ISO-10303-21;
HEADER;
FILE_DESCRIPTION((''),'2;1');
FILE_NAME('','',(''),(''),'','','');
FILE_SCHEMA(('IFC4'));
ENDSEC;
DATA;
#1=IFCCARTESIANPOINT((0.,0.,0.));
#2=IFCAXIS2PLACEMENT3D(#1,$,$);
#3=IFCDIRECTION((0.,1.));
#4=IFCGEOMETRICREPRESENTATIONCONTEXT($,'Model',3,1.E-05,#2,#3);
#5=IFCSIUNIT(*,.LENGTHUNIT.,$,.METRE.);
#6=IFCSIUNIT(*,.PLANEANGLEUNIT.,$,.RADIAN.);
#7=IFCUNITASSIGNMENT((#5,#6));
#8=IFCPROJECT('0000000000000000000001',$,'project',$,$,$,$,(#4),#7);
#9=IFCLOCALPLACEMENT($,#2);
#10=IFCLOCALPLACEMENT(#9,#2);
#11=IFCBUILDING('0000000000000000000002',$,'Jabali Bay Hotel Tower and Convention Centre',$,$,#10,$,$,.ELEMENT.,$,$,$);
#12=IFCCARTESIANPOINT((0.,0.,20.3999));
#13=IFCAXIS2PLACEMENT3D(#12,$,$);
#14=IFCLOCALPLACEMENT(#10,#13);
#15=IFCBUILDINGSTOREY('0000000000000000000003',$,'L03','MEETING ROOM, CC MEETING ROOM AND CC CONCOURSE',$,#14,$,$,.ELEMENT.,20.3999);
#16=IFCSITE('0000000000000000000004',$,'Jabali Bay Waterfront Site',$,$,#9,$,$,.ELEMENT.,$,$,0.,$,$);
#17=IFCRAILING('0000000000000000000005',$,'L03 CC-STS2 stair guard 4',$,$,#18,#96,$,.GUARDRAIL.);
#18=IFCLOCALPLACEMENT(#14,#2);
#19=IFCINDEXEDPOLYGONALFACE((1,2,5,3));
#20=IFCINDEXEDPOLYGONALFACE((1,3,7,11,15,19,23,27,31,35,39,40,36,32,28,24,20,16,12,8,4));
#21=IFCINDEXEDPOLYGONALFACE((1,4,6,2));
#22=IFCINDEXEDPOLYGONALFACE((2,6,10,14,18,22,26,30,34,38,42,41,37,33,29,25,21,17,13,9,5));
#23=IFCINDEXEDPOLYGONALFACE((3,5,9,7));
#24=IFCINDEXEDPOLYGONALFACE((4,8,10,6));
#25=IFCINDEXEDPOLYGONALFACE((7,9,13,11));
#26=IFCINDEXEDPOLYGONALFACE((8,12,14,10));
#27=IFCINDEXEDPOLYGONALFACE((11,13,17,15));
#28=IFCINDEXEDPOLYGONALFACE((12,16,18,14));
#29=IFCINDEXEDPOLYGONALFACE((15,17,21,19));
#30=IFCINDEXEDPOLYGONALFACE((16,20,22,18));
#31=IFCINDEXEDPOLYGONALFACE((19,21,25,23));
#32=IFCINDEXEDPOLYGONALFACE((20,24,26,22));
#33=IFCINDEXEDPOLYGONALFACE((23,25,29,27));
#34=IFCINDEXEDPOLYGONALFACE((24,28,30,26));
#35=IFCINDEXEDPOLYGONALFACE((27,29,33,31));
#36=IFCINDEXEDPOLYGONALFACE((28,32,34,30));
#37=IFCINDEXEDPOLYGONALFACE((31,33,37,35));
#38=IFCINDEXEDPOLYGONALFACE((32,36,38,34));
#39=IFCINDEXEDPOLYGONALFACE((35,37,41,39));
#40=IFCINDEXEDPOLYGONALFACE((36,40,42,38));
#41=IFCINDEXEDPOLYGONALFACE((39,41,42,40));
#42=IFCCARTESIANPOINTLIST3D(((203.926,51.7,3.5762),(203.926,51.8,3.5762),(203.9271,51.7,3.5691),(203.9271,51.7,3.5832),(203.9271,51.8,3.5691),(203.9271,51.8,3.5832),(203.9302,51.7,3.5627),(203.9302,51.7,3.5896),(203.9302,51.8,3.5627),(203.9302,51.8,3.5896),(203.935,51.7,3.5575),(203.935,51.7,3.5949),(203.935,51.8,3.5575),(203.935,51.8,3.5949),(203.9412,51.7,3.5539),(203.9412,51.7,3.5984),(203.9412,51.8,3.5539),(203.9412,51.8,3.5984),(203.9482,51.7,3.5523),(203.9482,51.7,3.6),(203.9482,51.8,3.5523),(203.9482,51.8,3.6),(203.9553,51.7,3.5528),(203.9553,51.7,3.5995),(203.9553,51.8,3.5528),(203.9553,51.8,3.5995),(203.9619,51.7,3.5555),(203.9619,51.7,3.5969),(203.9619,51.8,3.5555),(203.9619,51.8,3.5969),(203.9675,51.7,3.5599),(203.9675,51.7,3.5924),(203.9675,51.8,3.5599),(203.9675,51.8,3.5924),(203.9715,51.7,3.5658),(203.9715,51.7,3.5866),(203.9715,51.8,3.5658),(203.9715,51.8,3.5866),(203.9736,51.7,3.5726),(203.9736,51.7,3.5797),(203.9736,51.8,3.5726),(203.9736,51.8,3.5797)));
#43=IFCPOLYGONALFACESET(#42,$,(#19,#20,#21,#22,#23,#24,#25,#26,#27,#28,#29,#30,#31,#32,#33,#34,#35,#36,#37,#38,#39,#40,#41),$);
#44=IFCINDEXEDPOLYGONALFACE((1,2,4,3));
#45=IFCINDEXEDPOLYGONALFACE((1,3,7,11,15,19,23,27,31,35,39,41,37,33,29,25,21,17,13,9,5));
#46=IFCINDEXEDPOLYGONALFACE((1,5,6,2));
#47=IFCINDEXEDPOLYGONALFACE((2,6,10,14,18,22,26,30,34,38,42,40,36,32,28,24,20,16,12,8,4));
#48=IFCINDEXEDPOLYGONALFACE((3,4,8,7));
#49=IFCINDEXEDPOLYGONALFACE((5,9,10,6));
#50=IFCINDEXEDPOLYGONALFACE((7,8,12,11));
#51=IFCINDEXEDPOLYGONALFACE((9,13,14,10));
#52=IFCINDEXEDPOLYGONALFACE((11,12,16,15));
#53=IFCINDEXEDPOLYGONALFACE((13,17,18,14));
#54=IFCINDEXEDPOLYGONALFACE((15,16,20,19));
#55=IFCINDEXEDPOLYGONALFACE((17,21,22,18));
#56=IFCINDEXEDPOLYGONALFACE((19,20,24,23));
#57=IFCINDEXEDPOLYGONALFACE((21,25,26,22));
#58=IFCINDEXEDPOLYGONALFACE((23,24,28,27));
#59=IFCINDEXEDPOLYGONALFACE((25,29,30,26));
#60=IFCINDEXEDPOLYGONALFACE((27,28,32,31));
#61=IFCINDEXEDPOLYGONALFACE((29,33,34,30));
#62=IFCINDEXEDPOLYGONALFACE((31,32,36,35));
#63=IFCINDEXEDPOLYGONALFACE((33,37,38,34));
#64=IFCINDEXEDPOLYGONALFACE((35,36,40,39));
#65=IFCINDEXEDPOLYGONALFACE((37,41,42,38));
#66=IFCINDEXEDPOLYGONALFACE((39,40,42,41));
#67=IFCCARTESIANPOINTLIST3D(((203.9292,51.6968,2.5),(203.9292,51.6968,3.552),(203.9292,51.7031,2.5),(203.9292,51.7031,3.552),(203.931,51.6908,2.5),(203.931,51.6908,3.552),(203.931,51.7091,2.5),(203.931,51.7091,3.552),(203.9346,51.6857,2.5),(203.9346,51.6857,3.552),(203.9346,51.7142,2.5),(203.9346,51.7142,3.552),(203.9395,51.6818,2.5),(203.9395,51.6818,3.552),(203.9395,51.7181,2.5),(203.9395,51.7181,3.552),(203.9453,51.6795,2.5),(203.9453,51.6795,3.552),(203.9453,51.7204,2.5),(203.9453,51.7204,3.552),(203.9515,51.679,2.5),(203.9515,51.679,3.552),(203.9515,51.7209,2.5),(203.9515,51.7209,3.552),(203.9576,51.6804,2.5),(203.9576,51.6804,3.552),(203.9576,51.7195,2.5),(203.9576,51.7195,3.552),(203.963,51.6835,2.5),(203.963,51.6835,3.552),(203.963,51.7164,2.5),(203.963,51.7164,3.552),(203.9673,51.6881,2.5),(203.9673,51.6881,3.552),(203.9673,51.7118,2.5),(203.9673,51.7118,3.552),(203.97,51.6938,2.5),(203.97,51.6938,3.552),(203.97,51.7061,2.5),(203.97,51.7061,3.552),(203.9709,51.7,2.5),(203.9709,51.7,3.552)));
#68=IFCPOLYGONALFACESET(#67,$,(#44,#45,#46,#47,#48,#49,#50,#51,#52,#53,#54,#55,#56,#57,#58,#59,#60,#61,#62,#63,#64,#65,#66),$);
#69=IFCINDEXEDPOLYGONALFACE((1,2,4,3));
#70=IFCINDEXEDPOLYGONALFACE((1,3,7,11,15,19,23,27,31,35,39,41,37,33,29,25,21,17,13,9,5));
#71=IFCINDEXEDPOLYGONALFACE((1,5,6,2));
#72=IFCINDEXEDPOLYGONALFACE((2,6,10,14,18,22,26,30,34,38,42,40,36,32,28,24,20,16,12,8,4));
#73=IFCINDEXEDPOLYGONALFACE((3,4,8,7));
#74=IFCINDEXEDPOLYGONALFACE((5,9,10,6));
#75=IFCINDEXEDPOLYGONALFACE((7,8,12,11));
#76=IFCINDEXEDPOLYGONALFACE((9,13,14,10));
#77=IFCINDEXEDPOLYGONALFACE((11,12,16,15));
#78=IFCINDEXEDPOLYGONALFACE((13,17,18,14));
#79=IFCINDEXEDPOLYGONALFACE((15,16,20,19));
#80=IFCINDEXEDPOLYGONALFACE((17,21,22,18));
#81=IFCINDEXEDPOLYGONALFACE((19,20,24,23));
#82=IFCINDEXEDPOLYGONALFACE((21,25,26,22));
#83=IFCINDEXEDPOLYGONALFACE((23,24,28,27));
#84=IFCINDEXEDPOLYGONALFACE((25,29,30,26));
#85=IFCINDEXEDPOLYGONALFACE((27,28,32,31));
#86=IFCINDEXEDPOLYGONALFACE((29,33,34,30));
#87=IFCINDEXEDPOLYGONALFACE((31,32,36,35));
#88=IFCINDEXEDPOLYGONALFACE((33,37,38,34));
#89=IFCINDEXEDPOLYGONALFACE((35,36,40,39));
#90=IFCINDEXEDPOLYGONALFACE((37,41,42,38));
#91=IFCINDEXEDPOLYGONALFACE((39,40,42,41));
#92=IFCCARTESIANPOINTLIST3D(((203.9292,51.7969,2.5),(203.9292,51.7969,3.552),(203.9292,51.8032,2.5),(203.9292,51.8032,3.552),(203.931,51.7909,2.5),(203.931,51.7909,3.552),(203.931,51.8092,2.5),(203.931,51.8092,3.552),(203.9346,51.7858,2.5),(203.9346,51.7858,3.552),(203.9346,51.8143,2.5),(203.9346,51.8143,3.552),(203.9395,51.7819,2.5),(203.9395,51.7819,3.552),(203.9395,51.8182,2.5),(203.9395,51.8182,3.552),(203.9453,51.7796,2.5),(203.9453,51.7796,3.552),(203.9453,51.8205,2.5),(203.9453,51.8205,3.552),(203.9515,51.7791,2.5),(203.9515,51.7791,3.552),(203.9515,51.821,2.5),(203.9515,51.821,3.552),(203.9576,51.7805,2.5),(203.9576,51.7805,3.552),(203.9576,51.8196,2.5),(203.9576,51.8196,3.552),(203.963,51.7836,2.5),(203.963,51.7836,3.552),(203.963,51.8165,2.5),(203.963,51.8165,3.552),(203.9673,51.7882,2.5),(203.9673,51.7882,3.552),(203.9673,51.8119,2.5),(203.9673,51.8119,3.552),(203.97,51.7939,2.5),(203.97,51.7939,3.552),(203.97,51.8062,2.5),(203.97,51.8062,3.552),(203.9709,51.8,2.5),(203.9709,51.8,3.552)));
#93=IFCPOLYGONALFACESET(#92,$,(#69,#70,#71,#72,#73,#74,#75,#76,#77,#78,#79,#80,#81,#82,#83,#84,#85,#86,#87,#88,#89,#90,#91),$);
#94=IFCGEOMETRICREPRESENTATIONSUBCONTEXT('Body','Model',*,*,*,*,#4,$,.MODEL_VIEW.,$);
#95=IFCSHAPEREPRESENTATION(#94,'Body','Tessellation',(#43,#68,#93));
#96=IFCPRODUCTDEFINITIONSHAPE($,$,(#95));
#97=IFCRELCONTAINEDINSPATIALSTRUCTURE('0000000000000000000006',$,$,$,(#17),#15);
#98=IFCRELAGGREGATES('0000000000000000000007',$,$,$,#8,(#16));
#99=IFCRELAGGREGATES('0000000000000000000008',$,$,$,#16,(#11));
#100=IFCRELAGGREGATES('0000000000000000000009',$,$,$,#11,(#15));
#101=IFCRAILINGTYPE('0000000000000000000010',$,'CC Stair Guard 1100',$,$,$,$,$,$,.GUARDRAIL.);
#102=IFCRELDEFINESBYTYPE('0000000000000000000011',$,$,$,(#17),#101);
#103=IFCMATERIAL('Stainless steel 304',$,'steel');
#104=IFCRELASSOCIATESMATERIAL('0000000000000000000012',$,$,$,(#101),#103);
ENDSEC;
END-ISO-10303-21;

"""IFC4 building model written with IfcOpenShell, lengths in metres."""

from ifc_helpers import new_model, si_unit, direction, frame, origin, origin_2d, place, context, subcontext, project, spatial, circle, extrude, material, type_object, element, save


model = new_model("IFC4")

# Units and contexts
model_context = context("Model", 3, precision=1e-05, world=origin(), true_north=direction((0.0, 1.0)))
body_context = subcontext(model_context, "Body", "Model", "MODEL_VIEW")
ifc_project = project(units=[si_unit("LENGTHUNIT", "METRE"), si_unit("PLANEANGLEUNIT", "RADIAN")], contexts=[model_context])

# Site, building, storey
site_placement = place(None, origin())
site = spatial("IfcSite", under=ifc_project, at=site_placement, Name="Jabali Bay Waterfront Site", CompositionType="ELEMENT", RefElevation=0.0)
building_placement = place(site_placement, origin())
building = spatial("IfcBuilding", under=site, at=building_placement, Name="Jabali Bay Hotel Tower and Convention Centre", CompositionType="ELEMENT")
storey_placement = place(building_placement, frame((0.0, 0.0, 20.3999)))
storey = spatial("IfcBuildingStorey", under=building, at=storey_placement, Name="L03", Description="MEETING ROOM, CC MEETING ROOM AND CC CONCOURSE", CompositionType="ELEMENT", Elevation=20.3999)

# Railing
ifc_material_1 = material(Name="Stainless steel 304", Category="steel")
railing_type_1 = type_object("IfcRailingType", Name="CC Stair Guard 1100", PredefinedType="GUARDRAIL", material=ifc_material_1)
railing_1_placement = place(storey_placement, frame((203.95, 51.7, 2.5)))
element("IfcRailing", 1, at=railing_1_placement, inside=storey, type_object=railing_type_1, Name="L03 CC-STS2 stair guard 4", PredefinedType="GUARDRAIL", context=body_context, shape_type="SweptSolid", body=[
    extrude(circle(Radius=0.0239, at=origin_2d()), frame((0.0, 0.0, 1.0762), z_axis=(0.0, 1.0, 0.0), x_axis=(-1.0, 0.0, 0.0)), (0.0, 0.0, 1.0), 0.1001),
    extrude(circle(Radius=0.021, at=origin_2d()), origin(), (0.0, 0.0, 1.0), 1.052),
    extrude(circle(Radius=0.021, at=origin_2d()), frame((0.0, 0.1001, 0.0)), (0.0, 0.0, 1.0), 1.052),
])

save(model, "model.ifc")
